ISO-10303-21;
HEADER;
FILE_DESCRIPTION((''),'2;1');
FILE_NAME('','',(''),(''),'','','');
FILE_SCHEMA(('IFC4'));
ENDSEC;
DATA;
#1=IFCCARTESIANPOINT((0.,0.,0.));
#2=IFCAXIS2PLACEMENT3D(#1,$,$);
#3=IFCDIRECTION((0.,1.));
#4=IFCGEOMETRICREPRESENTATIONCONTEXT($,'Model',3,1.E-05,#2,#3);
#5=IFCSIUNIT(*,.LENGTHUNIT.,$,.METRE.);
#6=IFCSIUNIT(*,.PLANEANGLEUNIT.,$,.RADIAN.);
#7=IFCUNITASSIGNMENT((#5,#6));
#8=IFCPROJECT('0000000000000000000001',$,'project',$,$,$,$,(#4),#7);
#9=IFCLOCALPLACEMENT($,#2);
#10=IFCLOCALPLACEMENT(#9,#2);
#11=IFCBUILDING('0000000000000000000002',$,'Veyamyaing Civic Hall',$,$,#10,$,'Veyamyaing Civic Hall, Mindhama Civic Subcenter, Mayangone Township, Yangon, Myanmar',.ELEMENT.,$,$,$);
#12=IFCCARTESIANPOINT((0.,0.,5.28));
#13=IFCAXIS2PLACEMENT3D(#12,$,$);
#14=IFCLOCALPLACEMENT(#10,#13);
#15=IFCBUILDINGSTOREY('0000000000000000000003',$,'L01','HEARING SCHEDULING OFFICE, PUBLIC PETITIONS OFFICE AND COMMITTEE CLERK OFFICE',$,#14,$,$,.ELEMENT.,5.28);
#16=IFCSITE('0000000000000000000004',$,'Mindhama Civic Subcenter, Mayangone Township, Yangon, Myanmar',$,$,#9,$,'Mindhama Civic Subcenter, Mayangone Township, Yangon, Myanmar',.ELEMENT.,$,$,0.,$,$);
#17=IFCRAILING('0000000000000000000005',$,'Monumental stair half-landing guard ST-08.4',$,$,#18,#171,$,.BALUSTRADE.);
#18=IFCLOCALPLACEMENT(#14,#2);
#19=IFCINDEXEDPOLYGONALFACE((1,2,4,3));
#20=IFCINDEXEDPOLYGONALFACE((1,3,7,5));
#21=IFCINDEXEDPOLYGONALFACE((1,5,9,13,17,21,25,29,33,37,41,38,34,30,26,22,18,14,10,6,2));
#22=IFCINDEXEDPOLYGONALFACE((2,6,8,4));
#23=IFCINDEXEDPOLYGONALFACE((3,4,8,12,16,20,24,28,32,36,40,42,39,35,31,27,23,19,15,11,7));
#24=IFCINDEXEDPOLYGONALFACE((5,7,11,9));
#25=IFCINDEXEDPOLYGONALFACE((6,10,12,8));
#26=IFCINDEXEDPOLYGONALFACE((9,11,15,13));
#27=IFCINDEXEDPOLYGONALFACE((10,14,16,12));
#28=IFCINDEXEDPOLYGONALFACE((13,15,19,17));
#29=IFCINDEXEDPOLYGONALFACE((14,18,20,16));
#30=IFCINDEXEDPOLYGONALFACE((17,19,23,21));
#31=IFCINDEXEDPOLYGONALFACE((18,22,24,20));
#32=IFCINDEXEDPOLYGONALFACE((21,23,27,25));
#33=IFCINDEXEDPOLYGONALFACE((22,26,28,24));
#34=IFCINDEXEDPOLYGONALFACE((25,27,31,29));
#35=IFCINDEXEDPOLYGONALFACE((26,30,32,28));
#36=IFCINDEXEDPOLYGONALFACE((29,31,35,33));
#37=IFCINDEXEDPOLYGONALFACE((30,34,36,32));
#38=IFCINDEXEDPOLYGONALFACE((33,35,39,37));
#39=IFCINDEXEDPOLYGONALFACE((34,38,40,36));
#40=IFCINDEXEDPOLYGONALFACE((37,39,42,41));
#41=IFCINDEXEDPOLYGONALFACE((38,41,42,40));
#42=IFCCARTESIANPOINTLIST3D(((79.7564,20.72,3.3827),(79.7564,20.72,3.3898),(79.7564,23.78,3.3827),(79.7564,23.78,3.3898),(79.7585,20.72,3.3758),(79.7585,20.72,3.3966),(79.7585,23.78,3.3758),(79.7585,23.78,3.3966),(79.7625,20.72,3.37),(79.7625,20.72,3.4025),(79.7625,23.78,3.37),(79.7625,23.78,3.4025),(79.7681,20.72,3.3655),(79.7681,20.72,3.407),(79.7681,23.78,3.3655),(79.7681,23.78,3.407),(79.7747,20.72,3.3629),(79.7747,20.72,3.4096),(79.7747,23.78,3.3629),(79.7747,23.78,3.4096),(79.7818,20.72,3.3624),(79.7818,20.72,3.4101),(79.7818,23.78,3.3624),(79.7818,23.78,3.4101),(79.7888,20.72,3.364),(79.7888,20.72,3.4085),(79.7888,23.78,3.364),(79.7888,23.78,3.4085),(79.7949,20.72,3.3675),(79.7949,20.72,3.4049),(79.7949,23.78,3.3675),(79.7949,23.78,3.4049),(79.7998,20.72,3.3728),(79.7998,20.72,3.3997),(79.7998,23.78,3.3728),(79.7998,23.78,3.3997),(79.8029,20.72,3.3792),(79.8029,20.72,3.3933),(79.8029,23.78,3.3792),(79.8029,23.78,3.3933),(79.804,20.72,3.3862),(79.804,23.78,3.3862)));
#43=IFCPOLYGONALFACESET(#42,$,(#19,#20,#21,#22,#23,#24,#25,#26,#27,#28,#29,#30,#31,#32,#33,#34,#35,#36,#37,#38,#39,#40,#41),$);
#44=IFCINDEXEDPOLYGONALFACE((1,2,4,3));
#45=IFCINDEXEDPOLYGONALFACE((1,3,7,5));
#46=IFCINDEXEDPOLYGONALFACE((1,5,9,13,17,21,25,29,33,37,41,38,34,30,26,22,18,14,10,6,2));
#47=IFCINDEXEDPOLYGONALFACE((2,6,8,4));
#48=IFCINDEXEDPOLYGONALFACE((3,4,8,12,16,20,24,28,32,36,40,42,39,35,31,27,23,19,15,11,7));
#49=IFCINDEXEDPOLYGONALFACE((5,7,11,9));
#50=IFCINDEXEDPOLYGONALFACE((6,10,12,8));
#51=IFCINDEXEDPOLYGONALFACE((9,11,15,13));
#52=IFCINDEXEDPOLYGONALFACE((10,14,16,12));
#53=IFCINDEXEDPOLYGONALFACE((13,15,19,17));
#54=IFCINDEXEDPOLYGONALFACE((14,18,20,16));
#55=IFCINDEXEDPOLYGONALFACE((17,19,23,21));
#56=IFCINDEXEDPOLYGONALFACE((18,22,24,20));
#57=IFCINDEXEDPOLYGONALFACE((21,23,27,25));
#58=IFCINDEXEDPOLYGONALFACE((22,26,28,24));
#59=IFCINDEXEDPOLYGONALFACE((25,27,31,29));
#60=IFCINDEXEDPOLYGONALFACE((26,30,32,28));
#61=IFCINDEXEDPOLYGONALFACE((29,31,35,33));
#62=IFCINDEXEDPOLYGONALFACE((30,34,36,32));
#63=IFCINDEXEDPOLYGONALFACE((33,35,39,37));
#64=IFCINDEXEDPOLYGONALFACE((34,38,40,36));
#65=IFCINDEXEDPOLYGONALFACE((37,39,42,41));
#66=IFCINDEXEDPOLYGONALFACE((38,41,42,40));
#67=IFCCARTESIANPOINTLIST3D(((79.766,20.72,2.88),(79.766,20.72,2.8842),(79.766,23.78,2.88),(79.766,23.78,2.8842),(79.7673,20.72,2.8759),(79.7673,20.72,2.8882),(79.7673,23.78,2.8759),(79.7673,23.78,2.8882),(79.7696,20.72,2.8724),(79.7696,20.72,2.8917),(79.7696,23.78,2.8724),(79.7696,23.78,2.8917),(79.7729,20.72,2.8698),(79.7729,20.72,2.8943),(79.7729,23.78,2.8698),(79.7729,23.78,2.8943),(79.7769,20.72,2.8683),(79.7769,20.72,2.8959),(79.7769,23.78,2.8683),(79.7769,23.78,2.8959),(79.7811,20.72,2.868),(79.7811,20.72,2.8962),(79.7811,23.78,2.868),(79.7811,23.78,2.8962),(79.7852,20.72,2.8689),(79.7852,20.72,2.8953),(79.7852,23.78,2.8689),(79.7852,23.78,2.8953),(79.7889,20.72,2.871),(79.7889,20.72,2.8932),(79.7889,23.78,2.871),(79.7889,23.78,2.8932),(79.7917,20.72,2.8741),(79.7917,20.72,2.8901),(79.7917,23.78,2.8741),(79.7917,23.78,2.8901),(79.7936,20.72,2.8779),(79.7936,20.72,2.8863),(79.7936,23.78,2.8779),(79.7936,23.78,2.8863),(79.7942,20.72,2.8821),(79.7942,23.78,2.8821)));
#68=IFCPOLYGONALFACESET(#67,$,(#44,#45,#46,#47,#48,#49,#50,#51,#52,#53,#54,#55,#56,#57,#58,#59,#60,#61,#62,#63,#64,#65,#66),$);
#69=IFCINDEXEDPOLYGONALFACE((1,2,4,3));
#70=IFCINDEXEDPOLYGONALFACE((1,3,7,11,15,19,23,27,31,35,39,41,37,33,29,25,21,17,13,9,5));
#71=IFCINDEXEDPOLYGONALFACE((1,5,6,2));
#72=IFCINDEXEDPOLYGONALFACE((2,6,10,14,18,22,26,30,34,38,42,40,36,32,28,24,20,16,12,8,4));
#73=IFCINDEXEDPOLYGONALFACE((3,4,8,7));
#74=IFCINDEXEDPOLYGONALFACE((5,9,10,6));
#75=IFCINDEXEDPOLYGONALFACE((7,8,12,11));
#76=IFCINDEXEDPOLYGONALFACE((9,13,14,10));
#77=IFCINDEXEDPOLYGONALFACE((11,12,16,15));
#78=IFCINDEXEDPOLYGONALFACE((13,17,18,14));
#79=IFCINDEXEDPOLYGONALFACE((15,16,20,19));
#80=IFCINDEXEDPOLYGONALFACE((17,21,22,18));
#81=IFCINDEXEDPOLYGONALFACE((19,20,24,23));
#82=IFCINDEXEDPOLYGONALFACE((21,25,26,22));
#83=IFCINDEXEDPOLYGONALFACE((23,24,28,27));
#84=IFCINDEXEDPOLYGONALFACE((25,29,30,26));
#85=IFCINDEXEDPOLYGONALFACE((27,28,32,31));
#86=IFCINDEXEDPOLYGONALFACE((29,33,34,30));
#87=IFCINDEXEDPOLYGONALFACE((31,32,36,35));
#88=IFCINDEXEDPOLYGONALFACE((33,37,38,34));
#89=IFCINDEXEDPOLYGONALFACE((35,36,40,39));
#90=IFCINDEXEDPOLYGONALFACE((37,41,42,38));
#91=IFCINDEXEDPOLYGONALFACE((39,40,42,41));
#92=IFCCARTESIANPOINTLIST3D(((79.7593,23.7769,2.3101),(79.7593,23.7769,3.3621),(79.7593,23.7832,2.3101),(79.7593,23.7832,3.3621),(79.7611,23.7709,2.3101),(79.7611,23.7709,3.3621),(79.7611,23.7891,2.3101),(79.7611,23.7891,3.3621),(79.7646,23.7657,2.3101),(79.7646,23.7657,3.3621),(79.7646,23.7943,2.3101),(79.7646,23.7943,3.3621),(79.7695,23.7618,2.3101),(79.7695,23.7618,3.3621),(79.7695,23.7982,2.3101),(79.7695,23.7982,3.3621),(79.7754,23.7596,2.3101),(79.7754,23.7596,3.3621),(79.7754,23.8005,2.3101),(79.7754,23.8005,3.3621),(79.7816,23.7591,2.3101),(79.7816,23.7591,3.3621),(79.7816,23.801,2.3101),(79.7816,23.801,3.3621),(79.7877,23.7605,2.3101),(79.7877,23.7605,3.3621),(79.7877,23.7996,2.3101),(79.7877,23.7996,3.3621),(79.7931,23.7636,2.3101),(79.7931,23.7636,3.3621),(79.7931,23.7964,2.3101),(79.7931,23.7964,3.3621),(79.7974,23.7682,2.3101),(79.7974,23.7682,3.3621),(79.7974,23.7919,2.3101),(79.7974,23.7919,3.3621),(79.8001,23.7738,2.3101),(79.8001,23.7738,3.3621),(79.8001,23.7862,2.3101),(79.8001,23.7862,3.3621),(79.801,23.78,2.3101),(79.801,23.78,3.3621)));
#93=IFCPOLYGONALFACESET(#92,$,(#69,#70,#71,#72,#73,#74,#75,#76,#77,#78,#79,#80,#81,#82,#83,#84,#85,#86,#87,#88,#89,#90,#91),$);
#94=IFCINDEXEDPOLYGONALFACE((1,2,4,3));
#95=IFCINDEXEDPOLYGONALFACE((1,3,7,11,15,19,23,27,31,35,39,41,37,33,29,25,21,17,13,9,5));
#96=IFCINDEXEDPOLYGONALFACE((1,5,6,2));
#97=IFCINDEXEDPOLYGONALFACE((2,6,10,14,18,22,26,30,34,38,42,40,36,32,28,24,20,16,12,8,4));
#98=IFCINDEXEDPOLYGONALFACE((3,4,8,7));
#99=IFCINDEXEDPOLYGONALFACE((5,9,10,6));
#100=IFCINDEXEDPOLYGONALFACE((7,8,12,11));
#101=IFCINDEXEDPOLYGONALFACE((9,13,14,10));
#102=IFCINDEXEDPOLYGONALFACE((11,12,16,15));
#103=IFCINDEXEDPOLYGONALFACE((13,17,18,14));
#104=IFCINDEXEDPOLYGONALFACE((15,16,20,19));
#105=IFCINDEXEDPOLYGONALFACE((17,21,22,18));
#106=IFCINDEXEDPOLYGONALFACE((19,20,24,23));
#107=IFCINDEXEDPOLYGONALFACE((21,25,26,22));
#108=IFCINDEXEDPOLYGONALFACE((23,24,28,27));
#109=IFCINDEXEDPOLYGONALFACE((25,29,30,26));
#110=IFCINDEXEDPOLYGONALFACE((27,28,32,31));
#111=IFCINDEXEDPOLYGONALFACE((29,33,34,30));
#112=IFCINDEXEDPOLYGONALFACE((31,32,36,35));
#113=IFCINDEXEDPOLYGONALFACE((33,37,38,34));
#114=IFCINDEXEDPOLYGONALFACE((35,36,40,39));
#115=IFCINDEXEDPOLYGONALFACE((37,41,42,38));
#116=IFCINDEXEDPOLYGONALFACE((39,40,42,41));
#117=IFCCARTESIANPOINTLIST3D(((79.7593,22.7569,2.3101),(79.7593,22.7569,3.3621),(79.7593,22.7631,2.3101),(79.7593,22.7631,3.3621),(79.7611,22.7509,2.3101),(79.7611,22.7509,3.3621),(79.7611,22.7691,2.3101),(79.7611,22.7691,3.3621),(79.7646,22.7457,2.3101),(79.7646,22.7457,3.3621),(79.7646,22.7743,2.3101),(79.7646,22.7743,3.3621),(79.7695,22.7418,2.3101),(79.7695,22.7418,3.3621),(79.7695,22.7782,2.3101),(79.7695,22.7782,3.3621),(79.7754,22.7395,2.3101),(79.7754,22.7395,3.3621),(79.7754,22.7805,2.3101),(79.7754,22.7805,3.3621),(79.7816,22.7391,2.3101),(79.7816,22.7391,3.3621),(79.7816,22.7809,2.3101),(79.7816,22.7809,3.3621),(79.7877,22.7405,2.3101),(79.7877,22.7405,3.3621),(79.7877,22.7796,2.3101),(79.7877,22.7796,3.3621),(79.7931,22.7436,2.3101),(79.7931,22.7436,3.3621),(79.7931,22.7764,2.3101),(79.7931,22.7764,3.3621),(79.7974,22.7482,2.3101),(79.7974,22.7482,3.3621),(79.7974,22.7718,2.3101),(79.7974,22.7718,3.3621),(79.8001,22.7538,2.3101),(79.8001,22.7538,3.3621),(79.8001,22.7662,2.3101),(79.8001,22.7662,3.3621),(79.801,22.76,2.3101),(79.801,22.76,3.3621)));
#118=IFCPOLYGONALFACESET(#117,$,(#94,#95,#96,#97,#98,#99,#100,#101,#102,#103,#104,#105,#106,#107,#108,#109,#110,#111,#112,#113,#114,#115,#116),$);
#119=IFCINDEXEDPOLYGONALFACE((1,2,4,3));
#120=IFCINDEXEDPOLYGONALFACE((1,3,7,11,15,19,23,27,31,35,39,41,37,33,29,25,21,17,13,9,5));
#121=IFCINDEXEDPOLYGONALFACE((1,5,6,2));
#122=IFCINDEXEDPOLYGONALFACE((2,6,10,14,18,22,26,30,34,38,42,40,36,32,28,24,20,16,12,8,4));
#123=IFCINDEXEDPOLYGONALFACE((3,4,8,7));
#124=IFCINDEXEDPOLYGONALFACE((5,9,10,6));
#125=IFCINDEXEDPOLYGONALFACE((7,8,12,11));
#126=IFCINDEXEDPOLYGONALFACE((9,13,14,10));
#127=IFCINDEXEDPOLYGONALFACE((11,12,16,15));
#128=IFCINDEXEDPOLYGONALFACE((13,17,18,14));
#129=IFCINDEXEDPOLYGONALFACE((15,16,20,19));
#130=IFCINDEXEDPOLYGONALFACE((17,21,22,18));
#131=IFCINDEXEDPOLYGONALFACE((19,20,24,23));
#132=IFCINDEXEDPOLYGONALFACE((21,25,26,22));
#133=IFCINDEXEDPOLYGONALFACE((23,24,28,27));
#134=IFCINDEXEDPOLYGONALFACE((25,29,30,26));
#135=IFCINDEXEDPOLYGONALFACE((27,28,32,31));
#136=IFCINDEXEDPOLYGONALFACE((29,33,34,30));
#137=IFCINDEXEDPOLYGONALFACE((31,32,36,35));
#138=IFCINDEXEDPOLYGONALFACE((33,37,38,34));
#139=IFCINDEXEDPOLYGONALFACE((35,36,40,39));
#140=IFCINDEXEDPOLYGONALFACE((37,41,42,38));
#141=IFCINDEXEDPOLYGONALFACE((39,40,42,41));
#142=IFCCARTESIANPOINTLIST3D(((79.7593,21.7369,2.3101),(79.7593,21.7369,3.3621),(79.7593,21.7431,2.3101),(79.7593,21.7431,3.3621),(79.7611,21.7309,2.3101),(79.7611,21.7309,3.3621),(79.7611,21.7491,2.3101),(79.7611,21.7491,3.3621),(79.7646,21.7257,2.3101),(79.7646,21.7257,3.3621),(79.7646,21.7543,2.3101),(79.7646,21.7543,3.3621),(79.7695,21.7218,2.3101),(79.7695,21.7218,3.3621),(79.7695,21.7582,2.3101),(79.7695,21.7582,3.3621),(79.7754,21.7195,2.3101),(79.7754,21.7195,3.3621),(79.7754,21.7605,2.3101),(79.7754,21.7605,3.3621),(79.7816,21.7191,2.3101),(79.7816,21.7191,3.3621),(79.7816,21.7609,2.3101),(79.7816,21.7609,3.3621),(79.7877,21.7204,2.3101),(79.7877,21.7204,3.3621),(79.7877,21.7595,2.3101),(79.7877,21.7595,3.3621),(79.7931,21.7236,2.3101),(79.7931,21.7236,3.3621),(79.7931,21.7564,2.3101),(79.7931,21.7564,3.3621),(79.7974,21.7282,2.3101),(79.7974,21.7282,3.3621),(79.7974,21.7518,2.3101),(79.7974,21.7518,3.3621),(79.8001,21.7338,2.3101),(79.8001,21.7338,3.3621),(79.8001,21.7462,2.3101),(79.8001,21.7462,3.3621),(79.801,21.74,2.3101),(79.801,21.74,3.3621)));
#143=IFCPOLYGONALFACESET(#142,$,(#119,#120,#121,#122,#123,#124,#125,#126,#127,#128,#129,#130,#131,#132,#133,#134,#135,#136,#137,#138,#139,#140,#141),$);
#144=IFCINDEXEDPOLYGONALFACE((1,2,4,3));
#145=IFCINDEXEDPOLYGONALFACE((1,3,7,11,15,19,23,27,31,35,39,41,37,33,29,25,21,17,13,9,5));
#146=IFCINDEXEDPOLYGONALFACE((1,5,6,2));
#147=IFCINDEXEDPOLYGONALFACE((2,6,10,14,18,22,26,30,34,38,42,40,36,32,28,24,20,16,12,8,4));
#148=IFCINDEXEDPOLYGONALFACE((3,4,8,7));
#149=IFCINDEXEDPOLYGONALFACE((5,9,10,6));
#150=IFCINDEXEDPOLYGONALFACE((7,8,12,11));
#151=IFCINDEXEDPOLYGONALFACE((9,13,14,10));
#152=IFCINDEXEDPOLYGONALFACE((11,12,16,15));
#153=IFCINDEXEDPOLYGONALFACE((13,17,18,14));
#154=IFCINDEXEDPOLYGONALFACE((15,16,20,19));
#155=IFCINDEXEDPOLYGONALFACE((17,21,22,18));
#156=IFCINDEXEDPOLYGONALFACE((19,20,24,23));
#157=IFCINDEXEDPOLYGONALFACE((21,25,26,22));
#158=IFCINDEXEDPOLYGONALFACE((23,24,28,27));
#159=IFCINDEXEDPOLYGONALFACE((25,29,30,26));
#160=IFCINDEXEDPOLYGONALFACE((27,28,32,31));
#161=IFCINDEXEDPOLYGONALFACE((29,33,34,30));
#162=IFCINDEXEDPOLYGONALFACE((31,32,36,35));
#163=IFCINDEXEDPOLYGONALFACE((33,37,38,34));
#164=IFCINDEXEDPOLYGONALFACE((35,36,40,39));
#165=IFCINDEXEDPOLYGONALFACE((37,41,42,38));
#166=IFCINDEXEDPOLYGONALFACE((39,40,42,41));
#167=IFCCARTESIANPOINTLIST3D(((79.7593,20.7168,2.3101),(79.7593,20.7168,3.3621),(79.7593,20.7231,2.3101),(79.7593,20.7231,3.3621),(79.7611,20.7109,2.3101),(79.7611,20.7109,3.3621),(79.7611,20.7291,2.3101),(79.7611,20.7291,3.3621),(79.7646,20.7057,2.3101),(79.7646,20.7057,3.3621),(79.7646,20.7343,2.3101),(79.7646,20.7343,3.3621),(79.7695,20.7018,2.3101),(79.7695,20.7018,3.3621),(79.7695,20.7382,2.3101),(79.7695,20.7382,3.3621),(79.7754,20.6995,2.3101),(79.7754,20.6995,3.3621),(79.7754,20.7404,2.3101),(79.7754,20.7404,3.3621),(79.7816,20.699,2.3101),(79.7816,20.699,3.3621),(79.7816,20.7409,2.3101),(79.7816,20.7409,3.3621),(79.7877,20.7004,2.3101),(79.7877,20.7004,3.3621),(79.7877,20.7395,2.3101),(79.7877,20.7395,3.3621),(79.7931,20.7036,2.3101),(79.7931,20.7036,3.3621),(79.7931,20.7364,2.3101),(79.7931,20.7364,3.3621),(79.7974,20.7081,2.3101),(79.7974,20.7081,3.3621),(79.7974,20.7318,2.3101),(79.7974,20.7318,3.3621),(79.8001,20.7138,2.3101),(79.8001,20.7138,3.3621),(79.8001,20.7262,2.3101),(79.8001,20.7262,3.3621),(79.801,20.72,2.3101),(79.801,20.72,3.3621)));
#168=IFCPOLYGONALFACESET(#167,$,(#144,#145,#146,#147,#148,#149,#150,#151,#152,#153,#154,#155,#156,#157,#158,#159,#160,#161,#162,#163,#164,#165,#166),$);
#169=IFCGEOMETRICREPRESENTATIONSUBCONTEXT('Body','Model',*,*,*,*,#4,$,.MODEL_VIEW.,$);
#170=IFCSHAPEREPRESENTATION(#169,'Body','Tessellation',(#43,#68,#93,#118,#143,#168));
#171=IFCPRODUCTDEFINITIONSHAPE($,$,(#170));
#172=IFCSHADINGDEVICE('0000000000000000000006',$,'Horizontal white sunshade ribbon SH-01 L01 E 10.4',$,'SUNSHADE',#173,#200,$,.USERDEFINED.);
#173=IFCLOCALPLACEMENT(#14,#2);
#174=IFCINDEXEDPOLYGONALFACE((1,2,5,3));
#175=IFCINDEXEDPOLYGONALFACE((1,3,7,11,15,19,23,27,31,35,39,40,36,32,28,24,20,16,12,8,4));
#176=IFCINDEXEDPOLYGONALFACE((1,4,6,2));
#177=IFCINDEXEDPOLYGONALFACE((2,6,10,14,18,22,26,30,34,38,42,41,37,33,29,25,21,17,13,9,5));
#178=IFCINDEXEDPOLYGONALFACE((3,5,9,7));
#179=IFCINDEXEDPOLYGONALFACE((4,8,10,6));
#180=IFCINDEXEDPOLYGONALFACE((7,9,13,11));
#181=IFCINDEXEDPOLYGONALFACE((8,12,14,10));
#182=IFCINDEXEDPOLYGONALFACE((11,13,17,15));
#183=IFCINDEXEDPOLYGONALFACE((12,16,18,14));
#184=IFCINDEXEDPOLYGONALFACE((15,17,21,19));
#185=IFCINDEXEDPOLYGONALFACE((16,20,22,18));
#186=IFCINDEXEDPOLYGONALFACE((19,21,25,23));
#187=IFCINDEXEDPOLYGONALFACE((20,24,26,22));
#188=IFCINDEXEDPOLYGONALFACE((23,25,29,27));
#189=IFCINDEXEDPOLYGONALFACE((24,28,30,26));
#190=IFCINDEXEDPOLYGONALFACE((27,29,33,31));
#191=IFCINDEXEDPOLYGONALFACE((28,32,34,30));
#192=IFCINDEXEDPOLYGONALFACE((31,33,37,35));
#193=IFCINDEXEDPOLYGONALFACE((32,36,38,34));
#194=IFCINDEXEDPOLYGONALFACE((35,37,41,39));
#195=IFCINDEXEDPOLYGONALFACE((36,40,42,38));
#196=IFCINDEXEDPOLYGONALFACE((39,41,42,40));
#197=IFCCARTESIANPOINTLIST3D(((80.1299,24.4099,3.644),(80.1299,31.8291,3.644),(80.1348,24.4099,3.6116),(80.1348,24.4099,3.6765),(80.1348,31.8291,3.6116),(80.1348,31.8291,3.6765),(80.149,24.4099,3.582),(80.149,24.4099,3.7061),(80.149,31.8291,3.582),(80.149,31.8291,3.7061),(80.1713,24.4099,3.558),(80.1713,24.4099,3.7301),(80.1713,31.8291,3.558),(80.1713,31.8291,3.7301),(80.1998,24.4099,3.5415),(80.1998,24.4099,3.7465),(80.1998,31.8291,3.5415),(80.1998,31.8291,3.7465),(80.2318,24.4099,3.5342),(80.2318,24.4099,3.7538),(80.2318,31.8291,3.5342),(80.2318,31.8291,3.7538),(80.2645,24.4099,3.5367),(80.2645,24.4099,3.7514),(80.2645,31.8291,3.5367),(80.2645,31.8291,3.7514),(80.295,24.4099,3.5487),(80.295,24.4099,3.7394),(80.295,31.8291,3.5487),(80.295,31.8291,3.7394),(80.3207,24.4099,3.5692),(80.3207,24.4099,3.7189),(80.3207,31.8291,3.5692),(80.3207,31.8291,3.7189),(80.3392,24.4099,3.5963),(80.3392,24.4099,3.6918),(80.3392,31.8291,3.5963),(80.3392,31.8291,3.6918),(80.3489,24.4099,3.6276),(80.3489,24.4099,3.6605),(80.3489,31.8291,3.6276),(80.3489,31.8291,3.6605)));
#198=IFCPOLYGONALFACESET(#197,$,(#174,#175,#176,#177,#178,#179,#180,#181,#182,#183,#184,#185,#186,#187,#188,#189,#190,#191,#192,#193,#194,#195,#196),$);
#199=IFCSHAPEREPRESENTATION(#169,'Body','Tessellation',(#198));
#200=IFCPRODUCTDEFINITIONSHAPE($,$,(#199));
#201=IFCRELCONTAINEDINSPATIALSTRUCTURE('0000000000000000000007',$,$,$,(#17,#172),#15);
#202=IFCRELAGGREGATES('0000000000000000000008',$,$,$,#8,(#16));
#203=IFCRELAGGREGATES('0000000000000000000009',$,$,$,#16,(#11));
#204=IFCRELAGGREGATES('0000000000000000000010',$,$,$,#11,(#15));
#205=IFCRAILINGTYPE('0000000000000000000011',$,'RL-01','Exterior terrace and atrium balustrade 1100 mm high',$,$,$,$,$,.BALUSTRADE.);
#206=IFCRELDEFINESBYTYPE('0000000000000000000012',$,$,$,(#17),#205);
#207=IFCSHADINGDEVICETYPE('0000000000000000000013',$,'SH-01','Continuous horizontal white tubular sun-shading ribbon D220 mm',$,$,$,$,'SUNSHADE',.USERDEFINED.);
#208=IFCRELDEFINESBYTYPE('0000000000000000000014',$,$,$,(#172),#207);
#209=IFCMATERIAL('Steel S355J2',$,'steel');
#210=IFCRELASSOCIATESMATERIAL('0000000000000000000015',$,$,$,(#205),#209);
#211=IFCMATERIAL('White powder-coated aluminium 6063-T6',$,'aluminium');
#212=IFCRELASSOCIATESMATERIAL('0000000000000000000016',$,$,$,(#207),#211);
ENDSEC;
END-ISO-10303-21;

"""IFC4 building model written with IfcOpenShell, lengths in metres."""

from ifc_helpers import new_model, si_unit, direction, frame, origin, origin_2d, place, context, subcontext, project, spatial, circle, extrude, material, material_profile, profile_set, type_object, element, save


model = new_model("IFC4")

# Units and contexts
model_context = context("Model", 3, precision=1e-05, world=origin(), true_north=direction((0.0, 1.0)))
body_context = subcontext(model_context, "Body", "Model", "MODEL_VIEW")
ifc_project = project(units=[si_unit("LENGTHUNIT", "METRE"), si_unit("PLANEANGLEUNIT", "RADIAN")], contexts=[model_context])

# Site, building, storey
site_placement = place(None, origin())
site = spatial("IfcSite", under=ifc_project, at=site_placement, Name="Mindhama Civic Subcenter, Mayangone Township, Yangon, Myanmar", LongName="Mindhama Civic Subcenter, Mayangone Township, Yangon, Myanmar", CompositionType="ELEMENT", RefElevation=0.0)
building_placement = place(site_placement, origin())
building = spatial("IfcBuilding", under=site, at=building_placement, Name="Veyamyaing Civic Hall", LongName="Veyamyaing Civic Hall, Mindhama Civic Subcenter, Mayangone Township, Yangon, Myanmar", CompositionType="ELEMENT")
storey_placement = place(building_placement, frame((0.0, 0.0, 5.28)))
storey = spatial("IfcBuildingStorey", under=building, at=storey_placement, Name="L01", Description="HEARING SCHEDULING OFFICE, PUBLIC PETITIONS OFFICE AND COMMITTEE CLERK OFFICE", CompositionType="ELEMENT", Elevation=5.28)

# Shared definitions
ifc_material_1 = material(Name="White powder-coated aluminium 6063-T6", Category="aluminium")

# Railing
ifc_material_2 = material(Name="Steel S355J2", Category="steel")
railing_type = type_object("IfcRailingType", Name="RL-01", Description="Exterior terrace and atrium balustrade 1100 mm high", PredefinedType="BALUSTRADE", material=ifc_material_2)
railing_placement = place(storey_placement, frame((79.78, 23.78, 2.3101)))
element("IfcRailing", 1, at=railing_placement, inside=storey, type_object=railing_type, Name="Monumental stair half-landing guard ST-08.4", PredefinedType="BALUSTRADE", context=body_context, shape_type="SweptSolid", body=[
    extrude(circle(Radius=0.0239, at=origin_2d()), frame((0.0, 0.0, 1.0762), z_axis=(0.0, -1.0, 0.0), x_axis=(1.0, 0.0, 0.0)), (0.0, 0.0, 1.0), 3.0601),
    extrude(circle(Radius=0.0142, at=origin_2d()), frame((0.0, 0.0, 0.572), z_axis=(0.0, -1.0, 0.0), x_axis=(1.0, 0.0, 0.0)), (0.0, 0.0, 1.0), 3.0601),
    extrude(circle(Radius=0.021, at=origin_2d()), origin(), (0.0, 0.0, 1.0), 1.052),
    extrude(circle(Radius=0.021, at=origin_2d()), frame((0.0, -1.02, 0.0)), (0.0, 0.0, 1.0), 1.052),
    extrude(circle(Radius=0.021, at=origin_2d()), frame((0.0, -2.04, 0.0)), (0.0, 0.0, 1.0), 1.052),
    extrude(circle(Radius=0.021, at=origin_2d()), frame((0.0, -3.0601, 0.0)), (0.0, 0.0, 1.0), 1.052),
])

# Shading device
ifc_material_profile_1 = material_profile(ifc_material_1, circle(Radius=0.1101, at=origin_2d()), Name="SHADE-TUBE-220")
ifc_profile_set_1 = profile_set([ifc_material_profile_1], Name="White powder-coated aluminium 6063-T6")
shading_device_type = type_object("IfcShadingDeviceType", Name="SH-01", Description="Continuous horizontal white tubular sun-shading ribbon D220 mm", ElementType="SUNSHADE", PredefinedType="USERDEFINED", material=ifc_profile_set_1)
shading_device_placement = place(storey_placement, frame((80.24, 24.4099, 3.644), z_axis=(0.0, 1.0, 0.0), x_axis=(-1.0, 0.0, 0.0)))
element("IfcShadingDevice", 2, at=shading_device_placement, inside=storey, type_object=shading_device_type, Name="Horizontal white sunshade ribbon SH-01 L01 E 10.4", ObjectType="SUNSHADE", PredefinedType="USERDEFINED", context=body_context, shape_type="SweptSolid", body=[
    extrude(circle(Radius=0.1101, at=origin_2d()), origin(), (0.0, 0.0, 1.0), 7.4192),
])

save(model, "model.ifc")
